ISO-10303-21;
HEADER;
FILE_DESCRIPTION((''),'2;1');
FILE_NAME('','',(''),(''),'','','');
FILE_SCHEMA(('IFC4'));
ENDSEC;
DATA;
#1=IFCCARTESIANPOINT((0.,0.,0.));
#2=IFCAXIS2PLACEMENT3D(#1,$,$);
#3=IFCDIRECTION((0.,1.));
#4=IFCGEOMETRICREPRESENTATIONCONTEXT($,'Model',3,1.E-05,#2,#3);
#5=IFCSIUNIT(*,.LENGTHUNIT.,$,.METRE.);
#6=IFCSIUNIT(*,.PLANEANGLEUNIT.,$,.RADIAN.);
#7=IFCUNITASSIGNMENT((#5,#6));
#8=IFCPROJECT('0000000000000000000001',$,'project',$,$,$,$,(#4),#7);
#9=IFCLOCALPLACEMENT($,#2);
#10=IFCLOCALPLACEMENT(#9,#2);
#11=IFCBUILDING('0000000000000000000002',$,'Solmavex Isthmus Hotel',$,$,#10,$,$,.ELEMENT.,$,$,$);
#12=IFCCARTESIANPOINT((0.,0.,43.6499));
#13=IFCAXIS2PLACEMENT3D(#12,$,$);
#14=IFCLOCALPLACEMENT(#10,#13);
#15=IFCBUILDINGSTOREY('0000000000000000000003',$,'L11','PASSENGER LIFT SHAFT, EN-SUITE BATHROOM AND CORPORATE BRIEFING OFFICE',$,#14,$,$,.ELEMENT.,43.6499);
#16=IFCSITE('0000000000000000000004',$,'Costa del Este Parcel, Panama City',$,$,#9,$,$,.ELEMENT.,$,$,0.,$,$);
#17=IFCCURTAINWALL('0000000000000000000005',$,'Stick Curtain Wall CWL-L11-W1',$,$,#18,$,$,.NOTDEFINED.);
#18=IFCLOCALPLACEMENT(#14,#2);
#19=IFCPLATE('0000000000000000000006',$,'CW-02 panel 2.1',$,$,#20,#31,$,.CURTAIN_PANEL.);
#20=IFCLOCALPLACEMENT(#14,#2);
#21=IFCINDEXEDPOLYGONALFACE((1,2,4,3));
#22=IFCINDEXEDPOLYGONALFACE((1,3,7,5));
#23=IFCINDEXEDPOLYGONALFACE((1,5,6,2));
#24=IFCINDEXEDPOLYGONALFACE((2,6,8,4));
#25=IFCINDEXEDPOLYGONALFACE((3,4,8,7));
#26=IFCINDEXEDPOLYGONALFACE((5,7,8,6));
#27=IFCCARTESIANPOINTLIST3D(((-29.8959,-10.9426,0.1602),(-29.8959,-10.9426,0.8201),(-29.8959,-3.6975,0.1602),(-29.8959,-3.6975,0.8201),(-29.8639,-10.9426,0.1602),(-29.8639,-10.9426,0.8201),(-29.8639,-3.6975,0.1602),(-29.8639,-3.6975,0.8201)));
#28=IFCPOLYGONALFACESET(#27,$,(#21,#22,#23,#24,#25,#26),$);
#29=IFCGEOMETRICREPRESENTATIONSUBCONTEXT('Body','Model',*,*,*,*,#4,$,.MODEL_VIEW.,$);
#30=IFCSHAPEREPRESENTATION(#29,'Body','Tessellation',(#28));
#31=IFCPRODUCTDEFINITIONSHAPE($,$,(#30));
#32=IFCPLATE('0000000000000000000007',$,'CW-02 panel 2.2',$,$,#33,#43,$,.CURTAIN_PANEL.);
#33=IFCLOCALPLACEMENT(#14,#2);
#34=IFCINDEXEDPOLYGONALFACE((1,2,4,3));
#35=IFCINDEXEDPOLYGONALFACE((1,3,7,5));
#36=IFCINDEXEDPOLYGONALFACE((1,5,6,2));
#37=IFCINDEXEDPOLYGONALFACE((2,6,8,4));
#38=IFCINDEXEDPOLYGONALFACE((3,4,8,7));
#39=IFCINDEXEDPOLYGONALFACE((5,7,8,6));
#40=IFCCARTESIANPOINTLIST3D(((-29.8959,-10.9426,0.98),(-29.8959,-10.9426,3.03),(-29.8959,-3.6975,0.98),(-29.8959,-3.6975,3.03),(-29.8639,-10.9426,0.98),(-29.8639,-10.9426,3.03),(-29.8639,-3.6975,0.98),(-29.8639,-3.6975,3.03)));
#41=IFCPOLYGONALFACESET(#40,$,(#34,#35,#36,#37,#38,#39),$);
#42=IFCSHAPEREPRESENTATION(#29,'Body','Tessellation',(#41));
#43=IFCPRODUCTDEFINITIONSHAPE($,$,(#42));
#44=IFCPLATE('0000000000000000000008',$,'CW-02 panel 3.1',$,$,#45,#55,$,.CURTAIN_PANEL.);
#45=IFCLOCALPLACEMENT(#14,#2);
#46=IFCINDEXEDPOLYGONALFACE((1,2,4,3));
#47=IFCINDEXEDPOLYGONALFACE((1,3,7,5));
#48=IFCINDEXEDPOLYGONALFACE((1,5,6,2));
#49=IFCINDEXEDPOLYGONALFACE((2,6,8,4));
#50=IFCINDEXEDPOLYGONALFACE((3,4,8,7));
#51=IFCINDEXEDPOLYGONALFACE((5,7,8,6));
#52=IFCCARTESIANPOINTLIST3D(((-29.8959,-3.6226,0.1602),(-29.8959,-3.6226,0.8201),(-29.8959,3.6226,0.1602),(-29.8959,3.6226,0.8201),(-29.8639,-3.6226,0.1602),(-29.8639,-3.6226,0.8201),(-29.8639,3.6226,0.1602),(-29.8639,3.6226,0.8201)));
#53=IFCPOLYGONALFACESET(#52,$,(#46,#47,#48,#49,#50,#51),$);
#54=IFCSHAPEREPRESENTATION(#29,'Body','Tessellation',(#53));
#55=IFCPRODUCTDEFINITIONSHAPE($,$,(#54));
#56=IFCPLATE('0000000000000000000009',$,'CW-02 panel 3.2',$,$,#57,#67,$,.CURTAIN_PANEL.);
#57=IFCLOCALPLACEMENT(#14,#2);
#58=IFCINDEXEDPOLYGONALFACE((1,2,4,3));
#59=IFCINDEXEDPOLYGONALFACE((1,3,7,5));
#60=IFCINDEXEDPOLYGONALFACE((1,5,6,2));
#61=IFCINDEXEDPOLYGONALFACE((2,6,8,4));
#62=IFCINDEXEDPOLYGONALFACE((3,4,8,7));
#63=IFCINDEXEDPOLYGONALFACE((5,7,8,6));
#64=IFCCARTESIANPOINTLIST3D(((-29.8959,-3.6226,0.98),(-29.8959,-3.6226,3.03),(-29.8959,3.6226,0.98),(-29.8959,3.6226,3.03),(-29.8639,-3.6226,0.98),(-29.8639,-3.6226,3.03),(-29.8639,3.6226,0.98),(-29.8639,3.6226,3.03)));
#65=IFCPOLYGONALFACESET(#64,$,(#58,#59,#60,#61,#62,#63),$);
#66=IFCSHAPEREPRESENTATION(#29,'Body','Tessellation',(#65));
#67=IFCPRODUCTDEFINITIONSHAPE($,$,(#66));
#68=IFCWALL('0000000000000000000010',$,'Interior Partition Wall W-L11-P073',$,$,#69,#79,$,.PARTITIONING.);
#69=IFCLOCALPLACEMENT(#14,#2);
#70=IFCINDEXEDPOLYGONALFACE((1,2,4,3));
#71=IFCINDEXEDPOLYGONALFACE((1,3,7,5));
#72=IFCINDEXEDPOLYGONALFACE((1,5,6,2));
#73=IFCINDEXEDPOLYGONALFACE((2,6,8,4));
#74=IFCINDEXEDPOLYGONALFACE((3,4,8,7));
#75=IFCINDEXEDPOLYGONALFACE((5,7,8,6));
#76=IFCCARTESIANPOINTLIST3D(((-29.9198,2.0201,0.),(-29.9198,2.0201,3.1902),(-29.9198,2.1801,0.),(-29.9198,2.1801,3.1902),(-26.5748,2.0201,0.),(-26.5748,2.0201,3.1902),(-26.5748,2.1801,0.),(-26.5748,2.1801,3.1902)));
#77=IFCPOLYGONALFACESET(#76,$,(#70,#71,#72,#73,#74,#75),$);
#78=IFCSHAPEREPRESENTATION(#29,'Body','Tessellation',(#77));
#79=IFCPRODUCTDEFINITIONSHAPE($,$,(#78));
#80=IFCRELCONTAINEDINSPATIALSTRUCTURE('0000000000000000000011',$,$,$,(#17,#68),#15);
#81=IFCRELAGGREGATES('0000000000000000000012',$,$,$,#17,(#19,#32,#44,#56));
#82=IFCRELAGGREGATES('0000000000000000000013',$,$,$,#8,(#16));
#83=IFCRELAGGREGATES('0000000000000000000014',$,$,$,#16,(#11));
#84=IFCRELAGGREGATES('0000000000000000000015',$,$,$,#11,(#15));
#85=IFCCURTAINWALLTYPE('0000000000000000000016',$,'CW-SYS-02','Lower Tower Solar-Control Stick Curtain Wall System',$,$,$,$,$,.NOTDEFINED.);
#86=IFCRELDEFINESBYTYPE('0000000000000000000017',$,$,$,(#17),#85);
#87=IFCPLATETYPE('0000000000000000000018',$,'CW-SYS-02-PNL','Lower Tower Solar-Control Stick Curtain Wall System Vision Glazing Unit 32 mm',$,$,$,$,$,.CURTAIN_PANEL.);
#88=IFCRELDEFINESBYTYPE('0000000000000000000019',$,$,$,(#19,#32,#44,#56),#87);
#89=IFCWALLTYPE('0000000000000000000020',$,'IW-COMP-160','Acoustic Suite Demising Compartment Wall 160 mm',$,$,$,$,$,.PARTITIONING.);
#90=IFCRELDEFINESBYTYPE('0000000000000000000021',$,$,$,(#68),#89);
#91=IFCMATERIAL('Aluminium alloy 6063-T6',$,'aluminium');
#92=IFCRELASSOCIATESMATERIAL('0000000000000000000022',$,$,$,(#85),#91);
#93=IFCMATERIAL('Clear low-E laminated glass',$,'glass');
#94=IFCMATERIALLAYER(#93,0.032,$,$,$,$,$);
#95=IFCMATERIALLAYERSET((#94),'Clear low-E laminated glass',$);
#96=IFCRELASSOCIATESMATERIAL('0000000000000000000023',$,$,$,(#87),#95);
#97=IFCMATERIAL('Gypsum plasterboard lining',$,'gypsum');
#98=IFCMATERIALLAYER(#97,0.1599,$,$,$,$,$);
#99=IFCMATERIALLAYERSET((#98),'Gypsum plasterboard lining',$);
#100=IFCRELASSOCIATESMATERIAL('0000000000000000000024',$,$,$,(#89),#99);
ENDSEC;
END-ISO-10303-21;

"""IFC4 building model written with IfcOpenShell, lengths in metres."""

from ifc_helpers import new_model, si_unit, direction, frame, frame_2d, origin, origin_2d, place, context, subcontext, project, spatial, rectangle, extrude, material, layer, layer_set, type_object, element, aggregate, save


model = new_model("IFC4")

# Units and contexts
model_context = context("Model", 3, precision=1e-05, world=origin(), true_north=direction((0.0, 1.0)))
body_context = subcontext(model_context, "Body", "Model", "MODEL_VIEW")
ifc_project = project(units=[si_unit("LENGTHUNIT", "METRE"), si_unit("PLANEANGLEUNIT", "RADIAN")], contexts=[model_context])

# Site, building, storey
site_placement = place(None, origin())
site = spatial("IfcSite", under=ifc_project, at=site_placement, Name="Costa del Este Parcel, Panama City", CompositionType="ELEMENT", RefElevation=0.0)
building_placement = place(site_placement, origin())
building = spatial("IfcBuilding", under=site, at=building_placement, Name="Solmavex Isthmus Hotel", CompositionType="ELEMENT")
storey_placement = place(building_placement, frame((0.0, 0.0, 43.6499)))
storey = spatial("IfcBuildingStorey", under=building, at=storey_placement, Name="L11", Description="PASSENGER LIFT SHAFT, EN-SUITE BATHROOM AND CORPORATE BRIEFING OFFICE", CompositionType="ELEMENT", Elevation=43.6499)

# Curtain wall, plates
ifc_material_1 = material(Name="Aluminium alloy 6063-T6", Category="aluminium")
curtain_wall_type = type_object("IfcCurtainWallType", Name="CW-SYS-02", Description="Lower Tower Solar-Control Stick Curtain Wall System", PredefinedType="NOTDEFINED", material=ifc_material_1)
curtain_wall_placement = place(storey_placement, origin())
curtain_wall = element("IfcCurtainWall", 1, at=curtain_wall_placement, inside=storey, type_object=curtain_wall_type, Name="Stick Curtain Wall CWL-L11-W1", PredefinedType="NOTDEFINED")
ifc_material_2 = material(Name="Clear low-E laminated glass", Category="glass")
ifc_layer_1 = layer(ifc_material_2, 0.032)
ifc_layer_set_1 = layer_set([ifc_layer_1], Name="Clear low-E laminated glass")
plate_type = type_object("IfcPlateType", Name="CW-SYS-02-PNL", Description="Lower Tower Solar-Control Stick Curtain Wall System Vision Glazing Unit 32 mm", PredefinedType="CURTAIN_PANEL", material=ifc_layer_set_1)
plate_1_placement = place(storey_placement, frame((-29.8799, -7.3201, 0.1602), z_axis=(0.0, 0.0, 1.0), x_axis=(0.0, 1.0, 0.0)))
plate_1 = element("IfcPlate", 2, at=plate_1_placement, type_object=plate_type, Name="CW-02 panel 2.1", PredefinedType="CURTAIN_PANEL", context=body_context, shape_type="SweptSolid", body=[
    extrude(rectangle(XDim=7.2451, YDim=0.032, at=origin_2d()), origin(), (0.0, 0.0, 1.0), 0.6599),
])
plate_2_placement = place(storey_placement, frame((-29.8799, -7.3201, 0.98), z_axis=(0.0, 0.0, 1.0), x_axis=(0.0, 1.0, 0.0)))
plate_2 = element("IfcPlate", 3, at=plate_2_placement, type_object=plate_type, Name="CW-02 panel 2.2", PredefinedType="CURTAIN_PANEL", context=body_context, shape_type="SweptSolid", body=[
    extrude(rectangle(XDim=7.2451, YDim=0.032, at=origin_2d()), origin(), (0.0, 0.0, 1.0), 2.05),
])
plate_3_placement = place(storey_placement, frame((-29.8799, 0.0, 0.1602), z_axis=(0.0, 0.0, 1.0), x_axis=(0.0, 1.0, 0.0)))
plate_3 = element("IfcPlate", 4, at=plate_3_placement, type_object=plate_type, Name="CW-02 panel 3.1", PredefinedType="CURTAIN_PANEL", context=body_context, shape_type="SweptSolid", body=[
    extrude(rectangle(XDim=7.2451, YDim=0.032, at=origin_2d()), origin(), (0.0, 0.0, 1.0), 0.6599),
])
plate_4_placement = place(storey_placement, frame((-29.8799, 0.0, 0.98), z_axis=(0.0, 0.0, 1.0), x_axis=(0.0, 1.0, 0.0)))
plate_4 = element("IfcPlate", 5, at=plate_4_placement, type_object=plate_type, Name="CW-02 panel 3.2", PredefinedType="CURTAIN_PANEL", context=body_context, shape_type="SweptSolid", body=[
    extrude(rectangle(XDim=7.2451, YDim=0.032, at=origin_2d()), origin(), (0.0, 0.0, 1.0), 2.05),
])
aggregate(curtain_wall, [plate_1, plate_2, plate_3, plate_4])

# Wall
ifc_material_3 = material(Name="Gypsum plasterboard lining", Category="gypsum")
ifc_layer_2 = layer(ifc_material_3, 0.1599)
ifc_layer_set_2 = layer_set([ifc_layer_2], Name="Gypsum plasterboard lining")
wall_type = type_object("IfcWallType", Name="IW-COMP-160", Description="Acoustic Suite Demising Compartment Wall 160 mm", PredefinedType="PARTITIONING", material=ifc_layer_set_2)
wall_placement = place(storey_placement, frame((-26.575, 2.1001, 0.0), z_axis=(0.0, 0.0, 1.0), x_axis=(-1.0, 0.0, 0.0)))
element("IfcWall", 6, at=wall_placement, inside=storey, type_object=wall_type, Name="Interior Partition Wall W-L11-P073", PredefinedType="PARTITIONING", context=body_context, shape_type="SweptSolid", body=[
    extrude(rectangle(XDim=3.345, YDim=0.1599, at=frame_2d((1.6724, 0.0))), origin(), (0.0, 0.0, 1.0), 3.1902),
])

save(model, "model.ifc")
